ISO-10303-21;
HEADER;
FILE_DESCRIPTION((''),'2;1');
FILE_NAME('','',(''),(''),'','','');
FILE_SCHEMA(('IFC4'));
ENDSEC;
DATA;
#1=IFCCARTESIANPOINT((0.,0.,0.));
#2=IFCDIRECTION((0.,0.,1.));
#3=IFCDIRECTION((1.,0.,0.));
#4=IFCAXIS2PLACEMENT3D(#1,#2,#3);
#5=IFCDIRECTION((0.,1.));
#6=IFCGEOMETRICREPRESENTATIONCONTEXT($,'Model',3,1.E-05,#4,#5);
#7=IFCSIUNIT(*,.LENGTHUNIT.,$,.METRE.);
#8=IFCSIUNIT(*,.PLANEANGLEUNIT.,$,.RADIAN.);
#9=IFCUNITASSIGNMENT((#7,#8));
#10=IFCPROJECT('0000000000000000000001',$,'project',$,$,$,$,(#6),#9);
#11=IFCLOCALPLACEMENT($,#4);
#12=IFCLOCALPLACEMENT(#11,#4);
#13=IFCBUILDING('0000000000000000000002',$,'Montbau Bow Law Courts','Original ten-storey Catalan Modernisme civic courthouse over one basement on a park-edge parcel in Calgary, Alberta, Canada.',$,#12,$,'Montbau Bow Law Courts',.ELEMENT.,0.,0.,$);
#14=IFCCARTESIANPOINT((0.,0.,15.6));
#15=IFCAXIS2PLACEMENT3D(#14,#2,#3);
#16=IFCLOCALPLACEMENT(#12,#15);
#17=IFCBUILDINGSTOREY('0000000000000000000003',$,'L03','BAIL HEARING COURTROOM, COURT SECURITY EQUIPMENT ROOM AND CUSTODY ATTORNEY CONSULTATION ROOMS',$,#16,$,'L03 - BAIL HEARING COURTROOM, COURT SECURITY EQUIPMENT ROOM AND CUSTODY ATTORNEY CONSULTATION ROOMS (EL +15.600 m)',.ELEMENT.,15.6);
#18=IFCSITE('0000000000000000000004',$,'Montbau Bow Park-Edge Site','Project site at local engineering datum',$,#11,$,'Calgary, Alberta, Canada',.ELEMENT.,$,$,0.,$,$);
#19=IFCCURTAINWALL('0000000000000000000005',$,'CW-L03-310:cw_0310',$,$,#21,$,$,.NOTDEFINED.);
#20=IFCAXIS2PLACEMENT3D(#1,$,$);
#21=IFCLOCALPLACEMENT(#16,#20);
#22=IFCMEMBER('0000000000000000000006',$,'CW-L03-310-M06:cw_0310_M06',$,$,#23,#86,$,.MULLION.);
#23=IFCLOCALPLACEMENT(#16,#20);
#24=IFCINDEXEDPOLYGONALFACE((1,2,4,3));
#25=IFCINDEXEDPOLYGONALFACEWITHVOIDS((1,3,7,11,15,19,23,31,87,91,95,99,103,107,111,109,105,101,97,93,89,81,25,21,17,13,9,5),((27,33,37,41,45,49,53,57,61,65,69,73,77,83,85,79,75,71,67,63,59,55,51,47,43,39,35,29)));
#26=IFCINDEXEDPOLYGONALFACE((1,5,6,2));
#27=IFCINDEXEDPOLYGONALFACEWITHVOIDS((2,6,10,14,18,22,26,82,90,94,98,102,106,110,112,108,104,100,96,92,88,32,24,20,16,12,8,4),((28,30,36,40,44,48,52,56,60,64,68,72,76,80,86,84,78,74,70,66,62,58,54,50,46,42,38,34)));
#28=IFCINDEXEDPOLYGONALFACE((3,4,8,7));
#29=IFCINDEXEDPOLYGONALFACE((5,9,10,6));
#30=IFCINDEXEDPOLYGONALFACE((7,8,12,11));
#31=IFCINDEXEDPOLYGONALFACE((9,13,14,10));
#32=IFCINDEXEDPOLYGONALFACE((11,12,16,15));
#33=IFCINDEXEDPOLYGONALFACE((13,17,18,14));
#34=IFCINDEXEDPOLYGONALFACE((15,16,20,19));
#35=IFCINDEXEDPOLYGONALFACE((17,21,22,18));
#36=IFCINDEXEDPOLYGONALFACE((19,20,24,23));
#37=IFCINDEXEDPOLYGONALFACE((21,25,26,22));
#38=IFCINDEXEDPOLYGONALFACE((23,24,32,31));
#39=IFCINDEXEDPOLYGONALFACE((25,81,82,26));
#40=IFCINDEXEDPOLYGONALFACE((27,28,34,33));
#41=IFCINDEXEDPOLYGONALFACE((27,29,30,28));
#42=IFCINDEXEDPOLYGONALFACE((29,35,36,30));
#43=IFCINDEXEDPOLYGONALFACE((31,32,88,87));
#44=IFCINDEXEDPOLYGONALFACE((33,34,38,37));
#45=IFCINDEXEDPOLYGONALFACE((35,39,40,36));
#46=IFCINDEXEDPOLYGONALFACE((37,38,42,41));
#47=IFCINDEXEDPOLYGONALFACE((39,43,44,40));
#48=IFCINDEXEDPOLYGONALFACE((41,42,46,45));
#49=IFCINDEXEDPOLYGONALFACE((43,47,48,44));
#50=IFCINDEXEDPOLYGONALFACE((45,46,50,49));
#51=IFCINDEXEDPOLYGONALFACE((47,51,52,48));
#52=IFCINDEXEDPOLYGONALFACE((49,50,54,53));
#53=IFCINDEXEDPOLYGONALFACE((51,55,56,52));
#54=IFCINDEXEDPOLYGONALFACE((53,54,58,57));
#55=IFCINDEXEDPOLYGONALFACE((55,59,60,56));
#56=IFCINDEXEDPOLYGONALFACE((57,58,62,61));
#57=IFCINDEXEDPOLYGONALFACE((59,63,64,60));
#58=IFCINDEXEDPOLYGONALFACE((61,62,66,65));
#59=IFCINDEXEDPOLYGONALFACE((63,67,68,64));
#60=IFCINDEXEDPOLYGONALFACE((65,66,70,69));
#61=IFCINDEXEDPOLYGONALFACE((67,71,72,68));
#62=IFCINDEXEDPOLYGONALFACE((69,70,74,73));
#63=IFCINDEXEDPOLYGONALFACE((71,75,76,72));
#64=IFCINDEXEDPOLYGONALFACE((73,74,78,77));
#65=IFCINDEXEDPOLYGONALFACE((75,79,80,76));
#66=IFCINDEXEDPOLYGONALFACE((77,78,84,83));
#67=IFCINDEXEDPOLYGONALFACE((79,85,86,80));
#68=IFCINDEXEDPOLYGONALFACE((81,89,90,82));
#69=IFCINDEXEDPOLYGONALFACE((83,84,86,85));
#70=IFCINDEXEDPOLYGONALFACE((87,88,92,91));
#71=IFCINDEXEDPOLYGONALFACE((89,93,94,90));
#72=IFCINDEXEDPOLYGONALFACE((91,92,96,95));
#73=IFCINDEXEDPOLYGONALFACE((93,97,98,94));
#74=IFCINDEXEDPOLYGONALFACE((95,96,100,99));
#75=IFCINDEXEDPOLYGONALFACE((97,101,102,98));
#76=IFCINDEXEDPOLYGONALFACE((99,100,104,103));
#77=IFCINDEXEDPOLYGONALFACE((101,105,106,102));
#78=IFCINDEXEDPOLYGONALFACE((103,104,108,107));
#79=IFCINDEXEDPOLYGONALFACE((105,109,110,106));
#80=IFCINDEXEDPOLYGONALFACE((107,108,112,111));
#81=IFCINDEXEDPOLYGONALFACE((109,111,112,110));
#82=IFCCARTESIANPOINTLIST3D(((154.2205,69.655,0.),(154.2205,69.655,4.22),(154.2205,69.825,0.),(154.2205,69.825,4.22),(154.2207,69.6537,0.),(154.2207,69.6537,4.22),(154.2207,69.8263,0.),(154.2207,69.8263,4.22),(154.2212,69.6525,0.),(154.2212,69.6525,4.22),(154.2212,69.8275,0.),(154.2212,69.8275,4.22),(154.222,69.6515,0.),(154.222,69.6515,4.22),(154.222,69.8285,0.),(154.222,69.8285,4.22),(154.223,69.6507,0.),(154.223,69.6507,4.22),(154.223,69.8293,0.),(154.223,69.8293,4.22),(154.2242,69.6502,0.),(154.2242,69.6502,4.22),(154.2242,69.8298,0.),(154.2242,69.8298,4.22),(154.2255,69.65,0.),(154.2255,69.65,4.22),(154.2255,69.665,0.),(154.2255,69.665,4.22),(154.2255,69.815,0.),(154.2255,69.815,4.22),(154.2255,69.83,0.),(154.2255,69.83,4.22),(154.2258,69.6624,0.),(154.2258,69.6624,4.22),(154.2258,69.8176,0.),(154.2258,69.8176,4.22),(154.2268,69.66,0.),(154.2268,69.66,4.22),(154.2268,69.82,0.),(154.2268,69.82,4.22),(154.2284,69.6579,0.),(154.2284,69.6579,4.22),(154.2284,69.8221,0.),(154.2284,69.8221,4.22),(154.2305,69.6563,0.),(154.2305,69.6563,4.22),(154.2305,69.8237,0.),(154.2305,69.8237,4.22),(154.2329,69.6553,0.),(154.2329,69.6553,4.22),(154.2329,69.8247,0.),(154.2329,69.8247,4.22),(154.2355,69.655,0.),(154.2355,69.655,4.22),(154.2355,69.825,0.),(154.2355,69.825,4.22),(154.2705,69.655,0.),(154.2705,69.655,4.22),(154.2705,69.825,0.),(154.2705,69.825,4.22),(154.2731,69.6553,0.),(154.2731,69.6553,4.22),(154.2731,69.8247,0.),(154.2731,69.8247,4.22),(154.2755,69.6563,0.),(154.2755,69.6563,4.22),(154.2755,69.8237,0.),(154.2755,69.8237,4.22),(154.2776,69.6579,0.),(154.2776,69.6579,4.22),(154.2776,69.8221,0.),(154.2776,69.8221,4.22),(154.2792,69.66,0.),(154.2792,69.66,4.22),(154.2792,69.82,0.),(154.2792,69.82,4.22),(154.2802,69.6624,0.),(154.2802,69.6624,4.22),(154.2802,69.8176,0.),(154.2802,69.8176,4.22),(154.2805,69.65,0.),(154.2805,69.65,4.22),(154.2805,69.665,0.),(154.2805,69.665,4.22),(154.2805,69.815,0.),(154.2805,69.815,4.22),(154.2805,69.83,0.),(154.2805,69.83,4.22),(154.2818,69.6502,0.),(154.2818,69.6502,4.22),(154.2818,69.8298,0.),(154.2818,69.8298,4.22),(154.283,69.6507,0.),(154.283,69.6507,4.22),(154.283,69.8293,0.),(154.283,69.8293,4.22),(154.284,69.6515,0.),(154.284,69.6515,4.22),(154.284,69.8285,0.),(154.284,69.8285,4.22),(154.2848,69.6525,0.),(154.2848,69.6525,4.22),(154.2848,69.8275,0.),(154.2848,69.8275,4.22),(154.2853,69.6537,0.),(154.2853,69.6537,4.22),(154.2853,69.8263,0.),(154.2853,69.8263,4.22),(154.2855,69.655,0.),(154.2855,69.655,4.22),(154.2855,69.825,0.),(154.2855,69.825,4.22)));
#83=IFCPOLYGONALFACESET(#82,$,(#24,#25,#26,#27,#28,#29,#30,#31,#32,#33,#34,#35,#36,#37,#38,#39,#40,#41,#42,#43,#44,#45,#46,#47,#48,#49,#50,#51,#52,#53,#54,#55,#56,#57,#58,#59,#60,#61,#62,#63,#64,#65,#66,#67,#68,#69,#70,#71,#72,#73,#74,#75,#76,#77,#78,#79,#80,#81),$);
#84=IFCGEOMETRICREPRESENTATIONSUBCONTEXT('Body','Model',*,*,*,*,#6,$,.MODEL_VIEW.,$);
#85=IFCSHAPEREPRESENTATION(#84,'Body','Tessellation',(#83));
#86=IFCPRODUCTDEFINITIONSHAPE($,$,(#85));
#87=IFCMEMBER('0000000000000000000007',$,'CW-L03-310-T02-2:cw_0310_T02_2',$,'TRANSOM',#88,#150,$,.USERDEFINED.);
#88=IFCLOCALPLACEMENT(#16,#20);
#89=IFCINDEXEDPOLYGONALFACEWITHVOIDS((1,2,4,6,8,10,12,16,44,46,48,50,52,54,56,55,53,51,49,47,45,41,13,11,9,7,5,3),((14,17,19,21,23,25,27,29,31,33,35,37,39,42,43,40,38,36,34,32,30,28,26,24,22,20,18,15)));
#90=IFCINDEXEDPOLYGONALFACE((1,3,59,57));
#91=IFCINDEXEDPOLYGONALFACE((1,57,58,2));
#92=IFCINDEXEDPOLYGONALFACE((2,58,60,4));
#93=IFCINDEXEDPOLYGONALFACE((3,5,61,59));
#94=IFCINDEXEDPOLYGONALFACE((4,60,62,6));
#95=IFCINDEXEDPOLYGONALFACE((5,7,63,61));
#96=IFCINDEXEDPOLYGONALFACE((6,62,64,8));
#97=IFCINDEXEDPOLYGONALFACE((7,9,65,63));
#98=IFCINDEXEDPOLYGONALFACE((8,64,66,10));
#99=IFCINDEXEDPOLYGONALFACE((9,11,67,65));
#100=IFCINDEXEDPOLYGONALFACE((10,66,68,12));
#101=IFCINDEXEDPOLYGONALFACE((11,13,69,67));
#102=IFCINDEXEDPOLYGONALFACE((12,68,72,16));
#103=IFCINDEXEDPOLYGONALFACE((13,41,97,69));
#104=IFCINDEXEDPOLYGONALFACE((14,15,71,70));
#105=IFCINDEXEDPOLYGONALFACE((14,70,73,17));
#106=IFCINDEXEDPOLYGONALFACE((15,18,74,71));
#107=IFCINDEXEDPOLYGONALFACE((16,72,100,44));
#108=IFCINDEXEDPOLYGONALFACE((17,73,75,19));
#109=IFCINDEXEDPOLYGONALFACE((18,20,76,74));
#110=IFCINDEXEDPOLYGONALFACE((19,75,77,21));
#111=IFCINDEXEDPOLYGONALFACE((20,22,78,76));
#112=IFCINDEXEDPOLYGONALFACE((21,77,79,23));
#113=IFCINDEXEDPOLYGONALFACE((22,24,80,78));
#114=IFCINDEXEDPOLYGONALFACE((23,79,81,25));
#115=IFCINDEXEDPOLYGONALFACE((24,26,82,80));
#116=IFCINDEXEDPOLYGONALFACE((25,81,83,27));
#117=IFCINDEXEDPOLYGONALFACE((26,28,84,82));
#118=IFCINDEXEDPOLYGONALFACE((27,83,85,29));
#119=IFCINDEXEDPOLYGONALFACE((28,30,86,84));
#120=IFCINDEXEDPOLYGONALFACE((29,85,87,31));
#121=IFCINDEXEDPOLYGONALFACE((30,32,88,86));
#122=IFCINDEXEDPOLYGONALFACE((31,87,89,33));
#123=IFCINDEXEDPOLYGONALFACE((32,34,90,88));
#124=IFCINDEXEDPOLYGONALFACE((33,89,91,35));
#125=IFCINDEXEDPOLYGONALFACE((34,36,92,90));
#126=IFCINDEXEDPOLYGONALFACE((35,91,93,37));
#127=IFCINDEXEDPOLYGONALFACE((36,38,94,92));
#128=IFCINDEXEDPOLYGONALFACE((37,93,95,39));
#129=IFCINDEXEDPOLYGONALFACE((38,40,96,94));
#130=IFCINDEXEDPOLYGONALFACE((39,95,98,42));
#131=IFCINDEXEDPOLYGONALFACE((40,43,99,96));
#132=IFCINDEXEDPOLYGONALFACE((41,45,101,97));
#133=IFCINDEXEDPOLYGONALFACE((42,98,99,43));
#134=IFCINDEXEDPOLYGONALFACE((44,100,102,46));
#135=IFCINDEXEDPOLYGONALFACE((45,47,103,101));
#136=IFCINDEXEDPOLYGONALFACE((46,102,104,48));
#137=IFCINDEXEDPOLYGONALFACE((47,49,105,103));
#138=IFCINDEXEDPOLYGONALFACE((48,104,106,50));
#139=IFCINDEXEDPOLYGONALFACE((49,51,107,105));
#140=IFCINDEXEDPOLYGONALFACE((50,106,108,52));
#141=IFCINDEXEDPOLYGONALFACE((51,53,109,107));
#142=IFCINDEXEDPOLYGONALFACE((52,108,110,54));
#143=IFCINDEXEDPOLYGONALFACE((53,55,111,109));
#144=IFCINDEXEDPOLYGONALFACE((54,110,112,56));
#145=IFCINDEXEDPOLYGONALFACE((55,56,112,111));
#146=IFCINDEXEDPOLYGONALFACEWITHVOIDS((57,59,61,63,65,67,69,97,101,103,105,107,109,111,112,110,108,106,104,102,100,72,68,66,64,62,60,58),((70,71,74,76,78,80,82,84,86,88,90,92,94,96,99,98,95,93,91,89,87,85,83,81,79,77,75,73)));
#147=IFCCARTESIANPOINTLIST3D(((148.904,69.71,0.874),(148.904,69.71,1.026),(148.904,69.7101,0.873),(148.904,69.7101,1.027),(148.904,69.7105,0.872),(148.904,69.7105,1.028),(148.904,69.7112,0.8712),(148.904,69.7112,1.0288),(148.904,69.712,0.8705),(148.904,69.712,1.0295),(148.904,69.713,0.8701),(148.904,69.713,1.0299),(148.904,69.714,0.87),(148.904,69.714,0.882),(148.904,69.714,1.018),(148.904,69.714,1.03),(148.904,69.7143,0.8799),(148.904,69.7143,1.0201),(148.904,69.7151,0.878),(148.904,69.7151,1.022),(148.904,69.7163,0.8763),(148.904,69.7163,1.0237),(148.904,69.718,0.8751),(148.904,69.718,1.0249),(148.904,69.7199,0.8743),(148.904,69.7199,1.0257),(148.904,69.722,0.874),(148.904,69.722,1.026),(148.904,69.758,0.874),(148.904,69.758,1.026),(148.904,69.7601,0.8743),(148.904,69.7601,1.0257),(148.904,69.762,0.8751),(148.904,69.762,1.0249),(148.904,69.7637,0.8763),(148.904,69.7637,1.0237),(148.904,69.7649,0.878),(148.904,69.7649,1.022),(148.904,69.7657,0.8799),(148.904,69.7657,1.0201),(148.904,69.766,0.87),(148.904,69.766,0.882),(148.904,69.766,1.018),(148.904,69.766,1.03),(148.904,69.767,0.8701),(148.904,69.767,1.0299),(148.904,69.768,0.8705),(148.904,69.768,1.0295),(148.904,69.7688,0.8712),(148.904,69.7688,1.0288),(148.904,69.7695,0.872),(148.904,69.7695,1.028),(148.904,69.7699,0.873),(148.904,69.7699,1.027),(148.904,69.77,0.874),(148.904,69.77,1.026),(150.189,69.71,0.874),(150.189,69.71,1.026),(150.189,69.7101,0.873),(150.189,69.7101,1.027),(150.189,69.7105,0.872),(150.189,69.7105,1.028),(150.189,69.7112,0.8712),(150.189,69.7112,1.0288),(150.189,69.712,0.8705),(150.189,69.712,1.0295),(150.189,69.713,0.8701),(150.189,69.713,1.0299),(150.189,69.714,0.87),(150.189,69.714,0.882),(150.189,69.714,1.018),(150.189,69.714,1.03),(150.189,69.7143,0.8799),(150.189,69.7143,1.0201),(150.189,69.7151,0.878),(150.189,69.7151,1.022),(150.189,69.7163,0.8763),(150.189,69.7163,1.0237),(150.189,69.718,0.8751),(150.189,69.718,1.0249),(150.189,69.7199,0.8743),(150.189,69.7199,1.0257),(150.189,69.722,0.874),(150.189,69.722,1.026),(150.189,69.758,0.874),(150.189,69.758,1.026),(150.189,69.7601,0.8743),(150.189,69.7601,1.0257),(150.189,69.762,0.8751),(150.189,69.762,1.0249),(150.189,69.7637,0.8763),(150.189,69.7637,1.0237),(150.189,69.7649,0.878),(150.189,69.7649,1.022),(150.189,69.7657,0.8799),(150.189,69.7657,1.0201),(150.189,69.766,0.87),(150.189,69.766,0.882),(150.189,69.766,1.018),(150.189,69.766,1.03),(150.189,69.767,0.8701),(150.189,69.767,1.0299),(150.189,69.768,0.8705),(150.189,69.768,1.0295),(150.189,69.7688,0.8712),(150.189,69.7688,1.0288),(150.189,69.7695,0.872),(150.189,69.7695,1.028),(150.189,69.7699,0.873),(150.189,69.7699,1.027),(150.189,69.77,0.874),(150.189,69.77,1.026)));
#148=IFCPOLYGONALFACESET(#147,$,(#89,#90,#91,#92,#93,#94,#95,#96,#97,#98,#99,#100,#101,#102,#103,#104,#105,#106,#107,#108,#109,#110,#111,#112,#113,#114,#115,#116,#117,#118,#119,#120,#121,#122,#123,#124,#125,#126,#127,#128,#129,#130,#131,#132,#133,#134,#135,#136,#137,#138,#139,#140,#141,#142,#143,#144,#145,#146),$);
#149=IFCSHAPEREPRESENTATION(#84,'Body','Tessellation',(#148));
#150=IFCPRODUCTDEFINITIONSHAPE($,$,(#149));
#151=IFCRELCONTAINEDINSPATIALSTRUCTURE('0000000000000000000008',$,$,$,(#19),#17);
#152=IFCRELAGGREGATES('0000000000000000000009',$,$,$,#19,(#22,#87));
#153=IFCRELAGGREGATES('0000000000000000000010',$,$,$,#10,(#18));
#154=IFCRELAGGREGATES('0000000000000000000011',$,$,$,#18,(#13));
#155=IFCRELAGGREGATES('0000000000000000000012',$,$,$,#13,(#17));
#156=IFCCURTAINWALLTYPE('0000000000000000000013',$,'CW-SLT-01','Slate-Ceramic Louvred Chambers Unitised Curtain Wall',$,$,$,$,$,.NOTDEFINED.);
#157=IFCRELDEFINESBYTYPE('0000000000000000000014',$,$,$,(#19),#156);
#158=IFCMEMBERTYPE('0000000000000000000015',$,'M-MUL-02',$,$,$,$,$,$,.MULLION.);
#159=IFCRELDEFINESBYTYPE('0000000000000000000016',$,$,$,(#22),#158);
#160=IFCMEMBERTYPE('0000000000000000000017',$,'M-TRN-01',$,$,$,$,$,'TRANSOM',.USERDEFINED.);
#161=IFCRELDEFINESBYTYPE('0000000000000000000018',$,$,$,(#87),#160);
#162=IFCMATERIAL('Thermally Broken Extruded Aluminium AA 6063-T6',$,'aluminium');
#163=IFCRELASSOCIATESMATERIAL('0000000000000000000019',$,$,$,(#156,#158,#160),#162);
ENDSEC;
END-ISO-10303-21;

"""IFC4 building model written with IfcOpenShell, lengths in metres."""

from ifc_helpers import new_model, si_unit, direction, frame, origin_with_axes, origin_2d_with_axis, place, context, subcontext, project, spatial, hollow_rectangle, extrude, material, material_profile, profile_set, type_object, element, aggregate, save


model = new_model("IFC4")

# Units and contexts
model_context = context("Model", 3, precision=1e-05, world=origin_with_axes(), true_north=direction((0.0, 1.0)))
body_context = subcontext(model_context, "Body", "Model", "MODEL_VIEW")
ifc_project = project(units=[si_unit("LENGTHUNIT", "METRE"), si_unit("PLANEANGLEUNIT", "RADIAN")], contexts=[model_context])

# Site, building, storey
site_placement = place(None, origin_with_axes())
site = spatial("IfcSite", under=ifc_project, at=site_placement, Name="Montbau Bow Park-Edge Site", Description="Project site at local engineering datum", LongName="Calgary, Alberta, Canada", CompositionType="ELEMENT", RefElevation=0.0)
building_placement = place(site_placement, origin_with_axes())
building = spatial("IfcBuilding", under=site, at=building_placement, Name="Montbau Bow Law Courts", Description="Original ten-storey Catalan Modernisme civic courthouse over one basement on a park-edge parcel in Calgary, Alberta, Canada.", LongName="Montbau Bow Law Courts", CompositionType="ELEMENT", ElevationOfRefHeight=0.0, ElevationOfTerrain=0.0)
storey_placement = place(building_placement, frame((0.0, 0.0, 15.6), z_axis=(0.0, 0.0, 1.0), x_axis=(1.0, 0.0, 0.0)))
storey = spatial("IfcBuildingStorey", under=building, at=storey_placement, Name="L03", Description="BAIL HEARING COURTROOM, COURT SECURITY EQUIPMENT ROOM AND CUSTODY ATTORNEY CONSULTATION ROOMS", LongName="L03 - BAIL HEARING COURTROOM, COURT SECURITY EQUIPMENT ROOM AND CUSTODY ATTORNEY CONSULTATION ROOMS (EL +15.600 m)", CompositionType="ELEMENT", Elevation=15.6)

# Curtain wall, members
ifc_material_1 = material(Name="Thermally Broken Extruded Aluminium AA 6063-T6", Category="aluminium")
curtain_wall_type = type_object("IfcCurtainWallType", Name="CW-SLT-01", Description="Slate-Ceramic Louvred Chambers Unitised Curtain Wall", PredefinedType="NOTDEFINED", material=ifc_material_1)
curtain_wall_placement = place(None, frame((147.515, 69.74, 15.6), z_axis=(0.0, 0.0, 1.0), x_axis=(1.0, 0.0, 0.0)))
curtain_wall = element("IfcCurtainWall", 1, at=curtain_wall_placement, inside=storey, type_object=curtain_wall_type, Name="CW-L03-310:cw_0310", PredefinedType="NOTDEFINED")
ifc_material_profile_1 = material_profile(ifc_material_1, hollow_rectangle(XDim=0.065, YDim=0.18, WallThickness=0.005, InnerFilletRadius=0.01, OuterFilletRadius=0.005, at=origin_2d_with_axis()), Name="CWM-180X65", Category="Main", Priority=0)
ifc_profile_set_1 = profile_set([ifc_material_profile_1], Name="Thermally Broken Extruded Aluminium AA 6063-T6")
member_type_1 = type_object("IfcMemberType", Name="M-MUL-02", PredefinedType="MULLION", material=ifc_profile_set_1)
member_1_placement = place(None, frame((154.253, 69.74, 15.6), z_axis=(0.0, 0.0, 1.0), x_axis=(1.0, 0.0, 0.0)))
member_1 = element("IfcMember", 2, at=member_1_placement, type_object=member_type_1, Name="CW-L03-310-M06:cw_0310_M06", PredefinedType="MULLION", context=body_context, shape_type="SweptSolid", body=[
    extrude(hollow_rectangle(XDim=0.065, YDim=0.18, WallThickness=0.005, InnerFilletRadius=0.01, OuterFilletRadius=0.005, at=origin_2d_with_axis()), origin_with_axes(), (0.0, 0.0, 1.0), 4.22),
])
ifc_material_profile_2 = material_profile(ifc_material_1, hollow_rectangle(XDim=0.06, YDim=0.16, WallThickness=0.004, InnerFilletRadius=0.008, OuterFilletRadius=0.004, at=origin_2d_with_axis()), Name="CWT-160X60", Category="Main", Priority=0)
ifc_profile_set_2 = profile_set([ifc_material_profile_2], Name="Thermally Broken Extruded Aluminium AA 6063-T6")
member_type_2 = type_object("IfcMemberType", Name="M-TRN-01", ElementType="TRANSOM", PredefinedType="USERDEFINED", material=ifc_profile_set_2)
member_2_placement = place(None, frame((148.904, 69.74, 16.55), z_axis=(1.0, 0.0, 0.0), x_axis=(0.0, 1.0, 0.0)))
member_2 = element("IfcMember", 3, at=member_2_placement, type_object=member_type_2, Name="CW-L03-310-T02-2:cw_0310_T02_2", ObjectType="TRANSOM", PredefinedType="USERDEFINED", context=body_context, shape_type="SweptSolid", body=[
    extrude(hollow_rectangle(XDim=0.06, YDim=0.16, WallThickness=0.004, InnerFilletRadius=0.008, OuterFilletRadius=0.004, at=origin_2d_with_axis()), origin_with_axes(), (0.0, 0.0, 1.0), 1.285),
])
aggregate(curtain_wall, [member_1, member_2])

save(model, "model.ifc")
